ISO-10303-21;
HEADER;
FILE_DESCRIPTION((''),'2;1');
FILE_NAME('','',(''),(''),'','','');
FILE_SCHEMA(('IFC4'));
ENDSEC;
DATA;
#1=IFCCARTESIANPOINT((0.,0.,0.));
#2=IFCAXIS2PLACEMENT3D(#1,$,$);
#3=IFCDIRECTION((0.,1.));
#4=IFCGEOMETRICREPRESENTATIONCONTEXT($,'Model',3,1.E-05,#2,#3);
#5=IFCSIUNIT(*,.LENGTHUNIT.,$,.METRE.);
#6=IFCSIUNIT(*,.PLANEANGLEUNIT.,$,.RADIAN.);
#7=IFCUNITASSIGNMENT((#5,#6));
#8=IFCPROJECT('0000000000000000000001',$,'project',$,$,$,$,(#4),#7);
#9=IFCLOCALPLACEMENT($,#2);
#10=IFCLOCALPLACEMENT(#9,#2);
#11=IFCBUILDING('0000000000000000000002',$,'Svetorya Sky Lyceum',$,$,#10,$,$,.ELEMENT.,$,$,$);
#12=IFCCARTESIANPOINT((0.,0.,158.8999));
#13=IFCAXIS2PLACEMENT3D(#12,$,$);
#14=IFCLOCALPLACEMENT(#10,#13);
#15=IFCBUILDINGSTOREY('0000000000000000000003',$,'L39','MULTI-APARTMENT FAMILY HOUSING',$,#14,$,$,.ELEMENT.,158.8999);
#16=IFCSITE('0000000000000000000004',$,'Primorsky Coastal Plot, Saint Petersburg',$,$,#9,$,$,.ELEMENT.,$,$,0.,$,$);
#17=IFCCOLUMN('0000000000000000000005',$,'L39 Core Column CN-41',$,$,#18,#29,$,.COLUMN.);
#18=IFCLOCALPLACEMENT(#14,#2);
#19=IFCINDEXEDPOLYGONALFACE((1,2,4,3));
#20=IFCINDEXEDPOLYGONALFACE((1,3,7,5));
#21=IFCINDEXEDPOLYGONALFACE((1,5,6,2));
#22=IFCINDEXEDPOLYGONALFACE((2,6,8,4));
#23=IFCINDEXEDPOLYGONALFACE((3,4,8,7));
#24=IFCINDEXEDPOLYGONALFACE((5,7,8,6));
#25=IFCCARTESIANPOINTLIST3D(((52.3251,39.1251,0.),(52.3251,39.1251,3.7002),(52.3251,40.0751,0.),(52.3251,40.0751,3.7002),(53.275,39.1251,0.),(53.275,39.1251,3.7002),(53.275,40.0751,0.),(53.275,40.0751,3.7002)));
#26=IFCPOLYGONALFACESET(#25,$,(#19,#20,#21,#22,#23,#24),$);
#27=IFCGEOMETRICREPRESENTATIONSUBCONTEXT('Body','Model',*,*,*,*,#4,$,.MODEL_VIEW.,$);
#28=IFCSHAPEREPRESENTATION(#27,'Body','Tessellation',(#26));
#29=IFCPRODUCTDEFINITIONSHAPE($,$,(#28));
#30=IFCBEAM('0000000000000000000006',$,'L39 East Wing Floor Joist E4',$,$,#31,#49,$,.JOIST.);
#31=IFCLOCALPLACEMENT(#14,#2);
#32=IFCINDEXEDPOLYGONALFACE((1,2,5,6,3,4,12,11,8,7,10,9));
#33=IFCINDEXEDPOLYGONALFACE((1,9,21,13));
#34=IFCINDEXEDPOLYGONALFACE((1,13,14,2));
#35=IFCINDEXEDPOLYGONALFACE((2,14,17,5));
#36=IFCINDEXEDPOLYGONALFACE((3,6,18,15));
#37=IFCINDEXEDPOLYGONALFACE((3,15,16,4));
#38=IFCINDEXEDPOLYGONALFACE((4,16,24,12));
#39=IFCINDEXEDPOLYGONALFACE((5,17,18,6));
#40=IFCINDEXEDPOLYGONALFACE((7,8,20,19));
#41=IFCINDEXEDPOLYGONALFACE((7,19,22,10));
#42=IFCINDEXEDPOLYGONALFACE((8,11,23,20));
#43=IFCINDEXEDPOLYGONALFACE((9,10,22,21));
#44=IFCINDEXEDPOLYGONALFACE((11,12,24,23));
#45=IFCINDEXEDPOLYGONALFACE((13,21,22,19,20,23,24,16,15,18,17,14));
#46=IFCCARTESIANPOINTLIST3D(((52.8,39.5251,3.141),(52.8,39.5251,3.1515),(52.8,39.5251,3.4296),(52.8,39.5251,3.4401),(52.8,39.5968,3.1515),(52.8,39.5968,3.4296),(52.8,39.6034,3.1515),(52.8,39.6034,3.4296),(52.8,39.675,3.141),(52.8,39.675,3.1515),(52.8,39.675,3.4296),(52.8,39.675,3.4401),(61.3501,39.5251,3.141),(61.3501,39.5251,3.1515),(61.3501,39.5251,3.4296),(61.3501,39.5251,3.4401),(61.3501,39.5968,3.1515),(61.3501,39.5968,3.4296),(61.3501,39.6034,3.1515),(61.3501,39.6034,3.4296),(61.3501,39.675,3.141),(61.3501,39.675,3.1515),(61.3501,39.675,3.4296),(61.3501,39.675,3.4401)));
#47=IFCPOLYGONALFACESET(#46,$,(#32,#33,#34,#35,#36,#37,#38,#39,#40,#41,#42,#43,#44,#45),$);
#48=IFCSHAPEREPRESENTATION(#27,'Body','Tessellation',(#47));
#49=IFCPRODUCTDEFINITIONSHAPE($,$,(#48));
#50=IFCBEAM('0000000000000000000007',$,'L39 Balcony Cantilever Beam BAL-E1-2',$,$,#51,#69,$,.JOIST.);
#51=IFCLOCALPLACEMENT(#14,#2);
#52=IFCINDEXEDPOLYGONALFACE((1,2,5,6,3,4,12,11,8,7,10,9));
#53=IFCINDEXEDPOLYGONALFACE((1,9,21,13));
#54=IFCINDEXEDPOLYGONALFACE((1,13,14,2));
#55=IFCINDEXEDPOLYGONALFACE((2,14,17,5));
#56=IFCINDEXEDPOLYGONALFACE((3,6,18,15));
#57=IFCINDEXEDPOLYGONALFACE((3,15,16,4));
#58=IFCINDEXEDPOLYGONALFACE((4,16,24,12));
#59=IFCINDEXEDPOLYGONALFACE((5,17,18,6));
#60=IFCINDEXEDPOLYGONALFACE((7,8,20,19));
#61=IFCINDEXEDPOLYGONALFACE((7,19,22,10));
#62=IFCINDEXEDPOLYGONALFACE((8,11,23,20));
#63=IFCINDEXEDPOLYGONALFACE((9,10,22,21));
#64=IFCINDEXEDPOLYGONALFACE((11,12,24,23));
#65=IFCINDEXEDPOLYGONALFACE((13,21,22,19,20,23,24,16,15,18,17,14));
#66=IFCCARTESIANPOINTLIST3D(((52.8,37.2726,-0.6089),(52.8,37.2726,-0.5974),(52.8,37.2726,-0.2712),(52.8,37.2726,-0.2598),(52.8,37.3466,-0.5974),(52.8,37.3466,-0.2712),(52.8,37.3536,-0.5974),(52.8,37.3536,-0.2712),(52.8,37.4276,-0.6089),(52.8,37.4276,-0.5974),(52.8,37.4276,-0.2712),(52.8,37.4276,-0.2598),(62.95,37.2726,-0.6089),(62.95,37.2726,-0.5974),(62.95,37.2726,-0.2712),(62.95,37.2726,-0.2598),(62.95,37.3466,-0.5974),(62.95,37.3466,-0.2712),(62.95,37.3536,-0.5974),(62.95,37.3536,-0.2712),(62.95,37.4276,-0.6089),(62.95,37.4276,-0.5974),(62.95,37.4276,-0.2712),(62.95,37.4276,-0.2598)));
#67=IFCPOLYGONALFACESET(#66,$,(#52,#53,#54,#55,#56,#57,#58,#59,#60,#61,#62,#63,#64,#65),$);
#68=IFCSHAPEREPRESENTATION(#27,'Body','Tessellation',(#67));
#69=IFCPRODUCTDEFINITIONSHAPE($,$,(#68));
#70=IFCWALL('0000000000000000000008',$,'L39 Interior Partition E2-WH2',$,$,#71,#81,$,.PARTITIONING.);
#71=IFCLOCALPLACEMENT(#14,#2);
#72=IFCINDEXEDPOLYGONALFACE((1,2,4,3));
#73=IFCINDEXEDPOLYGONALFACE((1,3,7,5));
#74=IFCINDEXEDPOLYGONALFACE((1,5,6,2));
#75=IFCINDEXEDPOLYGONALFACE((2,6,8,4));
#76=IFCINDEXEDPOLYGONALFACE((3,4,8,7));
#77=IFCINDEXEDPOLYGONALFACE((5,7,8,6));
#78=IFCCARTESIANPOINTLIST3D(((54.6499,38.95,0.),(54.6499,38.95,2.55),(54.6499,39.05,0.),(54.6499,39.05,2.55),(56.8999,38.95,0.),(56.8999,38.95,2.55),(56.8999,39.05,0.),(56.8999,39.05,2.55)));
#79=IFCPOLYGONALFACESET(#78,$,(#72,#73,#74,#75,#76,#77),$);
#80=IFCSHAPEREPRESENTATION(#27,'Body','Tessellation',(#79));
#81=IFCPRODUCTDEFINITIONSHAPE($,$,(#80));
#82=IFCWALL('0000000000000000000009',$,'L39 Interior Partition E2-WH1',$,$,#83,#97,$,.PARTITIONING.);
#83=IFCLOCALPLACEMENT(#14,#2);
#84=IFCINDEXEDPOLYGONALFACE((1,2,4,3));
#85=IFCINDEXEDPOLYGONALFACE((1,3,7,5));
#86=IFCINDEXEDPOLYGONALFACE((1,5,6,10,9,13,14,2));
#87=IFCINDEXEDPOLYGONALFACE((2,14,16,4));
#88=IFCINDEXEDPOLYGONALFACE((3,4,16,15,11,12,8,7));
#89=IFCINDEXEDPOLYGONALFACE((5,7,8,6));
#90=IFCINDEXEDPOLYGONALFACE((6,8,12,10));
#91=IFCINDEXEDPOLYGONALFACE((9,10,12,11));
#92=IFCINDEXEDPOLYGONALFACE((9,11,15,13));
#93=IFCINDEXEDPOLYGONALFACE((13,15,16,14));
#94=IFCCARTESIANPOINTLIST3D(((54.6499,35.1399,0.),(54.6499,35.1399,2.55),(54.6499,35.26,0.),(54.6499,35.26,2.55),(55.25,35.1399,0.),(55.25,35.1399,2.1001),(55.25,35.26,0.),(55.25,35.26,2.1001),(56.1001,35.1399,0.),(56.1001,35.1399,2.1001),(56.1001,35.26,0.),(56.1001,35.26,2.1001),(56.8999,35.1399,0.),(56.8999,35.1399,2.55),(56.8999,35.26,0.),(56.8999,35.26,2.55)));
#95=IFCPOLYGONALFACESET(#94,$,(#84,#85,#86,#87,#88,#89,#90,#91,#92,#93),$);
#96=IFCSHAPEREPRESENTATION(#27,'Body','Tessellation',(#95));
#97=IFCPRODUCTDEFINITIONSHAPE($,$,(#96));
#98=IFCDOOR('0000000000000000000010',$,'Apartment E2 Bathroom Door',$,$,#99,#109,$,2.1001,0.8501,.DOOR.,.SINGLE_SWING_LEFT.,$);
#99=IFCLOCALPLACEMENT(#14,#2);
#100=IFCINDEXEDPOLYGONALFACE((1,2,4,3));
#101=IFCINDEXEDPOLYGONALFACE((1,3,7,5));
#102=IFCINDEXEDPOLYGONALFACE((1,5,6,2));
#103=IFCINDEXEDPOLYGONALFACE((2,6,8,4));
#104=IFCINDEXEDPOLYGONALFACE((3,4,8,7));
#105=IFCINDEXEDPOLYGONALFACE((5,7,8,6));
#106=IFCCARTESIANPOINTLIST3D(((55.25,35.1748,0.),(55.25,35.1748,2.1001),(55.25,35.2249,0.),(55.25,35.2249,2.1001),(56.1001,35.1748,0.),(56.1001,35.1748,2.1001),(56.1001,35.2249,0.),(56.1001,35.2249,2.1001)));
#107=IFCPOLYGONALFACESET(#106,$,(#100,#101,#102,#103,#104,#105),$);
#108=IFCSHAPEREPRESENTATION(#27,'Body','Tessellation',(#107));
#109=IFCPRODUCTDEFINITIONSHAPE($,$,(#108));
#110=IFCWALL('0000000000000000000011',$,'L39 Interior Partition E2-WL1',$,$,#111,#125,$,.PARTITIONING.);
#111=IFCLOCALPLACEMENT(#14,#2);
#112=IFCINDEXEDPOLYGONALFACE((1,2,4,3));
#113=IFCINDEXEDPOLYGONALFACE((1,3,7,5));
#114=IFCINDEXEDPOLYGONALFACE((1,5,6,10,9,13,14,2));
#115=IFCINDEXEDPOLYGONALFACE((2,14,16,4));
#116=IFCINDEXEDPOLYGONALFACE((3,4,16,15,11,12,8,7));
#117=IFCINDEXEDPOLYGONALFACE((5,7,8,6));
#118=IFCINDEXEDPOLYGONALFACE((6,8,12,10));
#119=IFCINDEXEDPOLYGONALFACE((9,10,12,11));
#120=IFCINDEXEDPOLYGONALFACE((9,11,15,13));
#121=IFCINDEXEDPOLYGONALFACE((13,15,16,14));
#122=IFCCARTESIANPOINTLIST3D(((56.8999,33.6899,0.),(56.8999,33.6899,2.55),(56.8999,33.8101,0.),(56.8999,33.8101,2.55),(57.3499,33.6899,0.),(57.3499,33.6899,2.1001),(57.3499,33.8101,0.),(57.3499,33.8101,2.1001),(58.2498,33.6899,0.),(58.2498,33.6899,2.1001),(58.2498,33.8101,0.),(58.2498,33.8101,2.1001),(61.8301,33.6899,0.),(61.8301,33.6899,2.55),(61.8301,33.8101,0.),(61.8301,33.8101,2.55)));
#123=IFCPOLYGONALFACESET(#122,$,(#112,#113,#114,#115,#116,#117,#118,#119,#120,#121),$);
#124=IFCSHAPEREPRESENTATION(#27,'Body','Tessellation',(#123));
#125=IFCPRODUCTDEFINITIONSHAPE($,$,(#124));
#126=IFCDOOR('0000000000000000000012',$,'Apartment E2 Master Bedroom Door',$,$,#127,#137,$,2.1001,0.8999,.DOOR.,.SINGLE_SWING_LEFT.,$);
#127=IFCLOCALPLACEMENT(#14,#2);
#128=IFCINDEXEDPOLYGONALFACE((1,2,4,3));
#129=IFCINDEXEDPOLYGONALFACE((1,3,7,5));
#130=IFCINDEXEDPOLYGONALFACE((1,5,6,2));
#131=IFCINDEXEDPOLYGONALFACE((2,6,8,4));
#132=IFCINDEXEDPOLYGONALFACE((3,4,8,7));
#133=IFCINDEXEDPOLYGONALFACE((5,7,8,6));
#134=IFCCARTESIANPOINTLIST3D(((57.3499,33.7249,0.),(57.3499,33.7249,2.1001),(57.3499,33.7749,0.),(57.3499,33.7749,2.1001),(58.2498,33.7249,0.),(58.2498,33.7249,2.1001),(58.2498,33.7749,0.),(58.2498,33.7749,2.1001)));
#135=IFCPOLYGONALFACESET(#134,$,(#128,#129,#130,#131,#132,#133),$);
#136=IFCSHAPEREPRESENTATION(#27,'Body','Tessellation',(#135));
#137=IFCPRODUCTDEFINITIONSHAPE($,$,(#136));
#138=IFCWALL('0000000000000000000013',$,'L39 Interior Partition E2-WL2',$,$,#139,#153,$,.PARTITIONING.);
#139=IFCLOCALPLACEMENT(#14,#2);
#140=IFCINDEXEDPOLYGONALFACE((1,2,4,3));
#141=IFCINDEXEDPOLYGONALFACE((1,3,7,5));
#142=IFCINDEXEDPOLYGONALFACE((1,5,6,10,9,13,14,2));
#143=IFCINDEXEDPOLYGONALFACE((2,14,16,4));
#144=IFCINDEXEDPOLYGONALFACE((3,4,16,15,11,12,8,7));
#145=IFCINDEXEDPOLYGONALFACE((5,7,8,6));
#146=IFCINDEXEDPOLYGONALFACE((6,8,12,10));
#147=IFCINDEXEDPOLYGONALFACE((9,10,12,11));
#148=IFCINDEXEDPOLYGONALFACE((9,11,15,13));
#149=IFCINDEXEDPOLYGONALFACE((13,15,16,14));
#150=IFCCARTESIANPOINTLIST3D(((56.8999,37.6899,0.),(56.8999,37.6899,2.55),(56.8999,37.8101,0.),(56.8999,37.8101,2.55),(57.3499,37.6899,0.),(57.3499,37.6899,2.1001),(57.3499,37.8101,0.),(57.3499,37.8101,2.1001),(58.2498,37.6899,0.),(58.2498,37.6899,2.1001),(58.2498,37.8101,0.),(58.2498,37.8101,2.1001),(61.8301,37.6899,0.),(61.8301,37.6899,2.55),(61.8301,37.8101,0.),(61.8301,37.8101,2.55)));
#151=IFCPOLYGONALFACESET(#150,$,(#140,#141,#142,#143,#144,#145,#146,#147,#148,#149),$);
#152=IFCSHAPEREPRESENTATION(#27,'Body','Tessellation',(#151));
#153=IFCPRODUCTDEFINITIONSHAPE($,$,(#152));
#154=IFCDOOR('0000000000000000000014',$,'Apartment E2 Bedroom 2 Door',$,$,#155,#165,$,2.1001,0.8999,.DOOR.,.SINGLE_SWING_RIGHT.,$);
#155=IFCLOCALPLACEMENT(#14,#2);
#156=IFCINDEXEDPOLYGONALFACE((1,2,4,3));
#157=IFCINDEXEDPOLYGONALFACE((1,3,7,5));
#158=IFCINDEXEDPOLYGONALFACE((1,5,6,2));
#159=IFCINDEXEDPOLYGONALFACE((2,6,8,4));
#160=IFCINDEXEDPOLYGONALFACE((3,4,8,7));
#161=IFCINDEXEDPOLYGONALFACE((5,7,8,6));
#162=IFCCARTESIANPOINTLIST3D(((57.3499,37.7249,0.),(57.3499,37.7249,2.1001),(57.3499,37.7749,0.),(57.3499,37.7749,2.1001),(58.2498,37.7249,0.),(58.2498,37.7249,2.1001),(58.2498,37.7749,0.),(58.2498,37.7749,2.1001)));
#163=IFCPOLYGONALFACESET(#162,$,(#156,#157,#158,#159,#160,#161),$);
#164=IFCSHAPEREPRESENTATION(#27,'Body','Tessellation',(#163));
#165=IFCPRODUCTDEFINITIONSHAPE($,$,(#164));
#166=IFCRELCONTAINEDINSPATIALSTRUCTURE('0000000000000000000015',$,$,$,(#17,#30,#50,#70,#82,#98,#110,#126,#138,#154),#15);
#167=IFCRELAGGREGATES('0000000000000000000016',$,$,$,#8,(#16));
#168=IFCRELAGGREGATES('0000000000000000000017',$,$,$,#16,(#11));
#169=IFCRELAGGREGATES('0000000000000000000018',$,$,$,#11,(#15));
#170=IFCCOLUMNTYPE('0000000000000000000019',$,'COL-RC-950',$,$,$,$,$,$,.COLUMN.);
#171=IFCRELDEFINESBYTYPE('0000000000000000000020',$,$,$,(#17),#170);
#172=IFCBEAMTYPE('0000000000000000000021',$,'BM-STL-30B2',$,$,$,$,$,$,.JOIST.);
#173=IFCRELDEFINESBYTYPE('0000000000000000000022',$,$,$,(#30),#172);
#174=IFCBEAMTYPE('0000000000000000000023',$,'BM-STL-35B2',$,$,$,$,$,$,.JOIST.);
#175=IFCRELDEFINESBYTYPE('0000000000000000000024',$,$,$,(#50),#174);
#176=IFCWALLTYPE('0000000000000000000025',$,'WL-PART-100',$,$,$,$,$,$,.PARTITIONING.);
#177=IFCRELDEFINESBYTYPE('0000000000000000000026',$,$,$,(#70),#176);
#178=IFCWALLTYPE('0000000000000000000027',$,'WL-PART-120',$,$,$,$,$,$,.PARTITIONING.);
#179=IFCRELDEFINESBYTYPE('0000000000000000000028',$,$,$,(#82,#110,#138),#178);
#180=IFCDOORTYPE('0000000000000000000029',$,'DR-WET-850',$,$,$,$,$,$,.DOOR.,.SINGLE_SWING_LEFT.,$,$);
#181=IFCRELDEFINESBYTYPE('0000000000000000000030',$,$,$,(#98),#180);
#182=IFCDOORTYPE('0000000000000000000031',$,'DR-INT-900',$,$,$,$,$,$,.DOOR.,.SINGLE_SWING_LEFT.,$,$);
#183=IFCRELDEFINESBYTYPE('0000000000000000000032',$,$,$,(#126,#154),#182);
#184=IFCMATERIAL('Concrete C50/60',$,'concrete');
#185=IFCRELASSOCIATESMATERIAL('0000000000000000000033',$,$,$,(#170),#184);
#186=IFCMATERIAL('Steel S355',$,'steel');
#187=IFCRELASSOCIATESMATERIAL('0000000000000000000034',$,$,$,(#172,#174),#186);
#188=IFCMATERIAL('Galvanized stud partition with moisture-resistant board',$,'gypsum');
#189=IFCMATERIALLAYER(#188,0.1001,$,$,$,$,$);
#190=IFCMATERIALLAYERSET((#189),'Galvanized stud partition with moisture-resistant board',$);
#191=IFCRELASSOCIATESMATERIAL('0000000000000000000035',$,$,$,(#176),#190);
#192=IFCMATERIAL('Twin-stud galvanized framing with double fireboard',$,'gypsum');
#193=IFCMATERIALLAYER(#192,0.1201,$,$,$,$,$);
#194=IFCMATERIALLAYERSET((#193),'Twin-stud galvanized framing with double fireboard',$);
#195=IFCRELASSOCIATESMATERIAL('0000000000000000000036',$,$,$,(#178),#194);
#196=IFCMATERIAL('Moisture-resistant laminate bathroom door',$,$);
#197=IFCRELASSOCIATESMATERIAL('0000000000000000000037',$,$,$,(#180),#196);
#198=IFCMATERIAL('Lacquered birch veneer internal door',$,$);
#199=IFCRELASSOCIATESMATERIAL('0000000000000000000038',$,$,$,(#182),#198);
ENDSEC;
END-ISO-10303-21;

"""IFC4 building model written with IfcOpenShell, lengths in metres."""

from ifc_helpers import new_model, si_unit, direction, frame, frame_2d, origin, origin_2d, place, context, subcontext, project, spatial, rectangle, i_section, extrude, material, layer, layer_set, material_profile, profile_set, type_object, element, fill, save


model = new_model("IFC4")

# Units and contexts
model_context = context("Model", 3, precision=1e-05, world=origin(), true_north=direction((0.0, 1.0)))
body_context = subcontext(model_context, "Body", "Model", "MODEL_VIEW")
ifc_project = project(units=[si_unit("LENGTHUNIT", "METRE"), si_unit("PLANEANGLEUNIT", "RADIAN")], contexts=[model_context])

# Site, building, storey
site_placement = place(None, origin())
site = spatial("IfcSite", under=ifc_project, at=site_placement, Name="Primorsky Coastal Plot, Saint Petersburg", CompositionType="ELEMENT", RefElevation=0.0)
building_placement = place(site_placement, origin())
building = spatial("IfcBuilding", under=site, at=building_placement, Name="Svetorya Sky Lyceum", CompositionType="ELEMENT")
storey_placement = place(building_placement, frame((0.0, 0.0, 158.8999)))
storey = spatial("IfcBuildingStorey", under=building, at=storey_placement, Name="L39", Description="MULTI-APARTMENT FAMILY HOUSING", CompositionType="ELEMENT", Elevation=158.8999)

# Column
ifc_material_1 = material(Name="Concrete C50/60", Category="concrete")
ifc_material_profile_1 = material_profile(ifc_material_1, rectangle(XDim=0.95, YDim=0.95, at=origin_2d()), Name="RC COL 950x950")
ifc_profile_set_1 = profile_set([ifc_material_profile_1], Name="Concrete C50/60")
column_type = type_object("IfcColumnType", Name="COL-RC-950", PredefinedType="COLUMN", material=ifc_profile_set_1)
column_placement = place(storey_placement, frame((52.8, 39.6001, 0.0), z_axis=(0.0, 0.0, 1.0), x_axis=(1.0, 0.0, 0.0)))
element("IfcColumn", 1, at=column_placement, inside=storey, type_object=column_type, Name="L39 Core Column CN-41", PredefinedType="COLUMN", context=body_context, shape_type="SweptSolid", body=[
    extrude(rectangle(XDim=0.95, YDim=0.95, at=origin_2d()), origin(), (0.0, 0.0, 1.0), 3.7002),
])

# Beams
ifc_material_2 = material(Name="Steel S355", Category="steel")
ifc_material_profile_2 = material_profile(ifc_material_2, i_section(OverallWidth=0.1499, OverallDepth=0.2991, WebThickness=0.0066, FlangeThickness=0.0105, at=origin_2d()), Name="GOST 30B2")
ifc_profile_set_2 = profile_set([ifc_material_profile_2], Name="Steel S355")
beam_type_1 = type_object("IfcBeamType", Name="BM-STL-30B2", PredefinedType="JOIST", material=ifc_profile_set_2)
beam_1_placement = place(storey_placement, frame((52.8, 39.6001, 3.2905), z_axis=(1.0, 0.0, 0.0), x_axis=(0.0, 1.0, 0.0)))
element("IfcBeam", 2, at=beam_1_placement, inside=storey, type_object=beam_type_1, Name="L39 East Wing Floor Joist E4", PredefinedType="JOIST", context=body_context, shape_type="SweptSolid", body=[
    extrude(i_section(OverallWidth=0.1499, OverallDepth=0.2991, WebThickness=0.0066, FlangeThickness=0.0105, at=origin_2d()), origin(), (0.0, 0.0, 1.0), 8.55),
])
ifc_material_profile_3 = material_profile(ifc_material_2, i_section(OverallWidth=0.155, OverallDepth=0.3491, WebThickness=0.0071, FlangeThickness=0.0115, at=origin_2d()), Name="GOST 35B2")
ifc_profile_set_3 = profile_set([ifc_material_profile_3], Name="Steel S355")
beam_type_2 = type_object("IfcBeamType", Name="BM-STL-35B2", PredefinedType="JOIST", material=ifc_profile_set_3)
beam_2_placement = place(storey_placement, frame((52.8, 37.3501, -0.4343), z_axis=(1.0, 0.0, 0.0), x_axis=(0.0, 1.0, 0.0)))
element("IfcBeam", 3, at=beam_2_placement, inside=storey, type_object=beam_type_2, Name="L39 Balcony Cantilever Beam BAL-E1-2", PredefinedType="JOIST", context=body_context, shape_type="SweptSolid", body=[
    extrude(i_section(OverallWidth=0.155, OverallDepth=0.3491, WebThickness=0.0071, FlangeThickness=0.0115, at=origin_2d()), origin(), (0.0, 0.0, 1.0), 10.1499),
])

# Wall
ifc_material_3 = material(Name="Galvanized stud partition with moisture-resistant board", Category="gypsum")
ifc_layer_1 = layer(ifc_material_3, 0.1001)
ifc_layer_set_1 = layer_set([ifc_layer_1], Name="Galvanized stud partition with moisture-resistant board")
wall_type_1 = type_object("IfcWallType", Name="WL-PART-100", PredefinedType="PARTITIONING", material=ifc_layer_set_1)
wall_1_placement = place(storey_placement, frame((54.6499, 39.0, 0.0), z_axis=(0.0, 0.0, 1.0), x_axis=(1.0, 0.0, 0.0)))
element("IfcWall", 4, at=wall_1_placement, inside=storey, type_object=wall_type_1, Name="L39 Interior Partition E2-WH2", PredefinedType="PARTITIONING", context=body_context, shape_type="SweptSolid", body=[
    extrude(rectangle(XDim=2.25, YDim=0.1001, at=frame_2d((1.125, 0.0))), origin(), (0.0, 0.0, 1.0), 2.55),
])

# Walls, openings, doors
ifc_material_4 = material(Name="Twin-stud galvanized framing with double fireboard", Category="gypsum")
ifc_layer_2 = layer(ifc_material_4, 0.1201)
ifc_layer_set_2 = layer_set([ifc_layer_2], Name="Twin-stud galvanized framing with double fireboard")
wall_type_2 = type_object("IfcWallType", Name="WL-PART-120", PredefinedType="PARTITIONING", material=ifc_layer_set_2)
wall_2_placement = place(storey_placement, frame((54.6499, 35.2, 0.0), z_axis=(0.0, 0.0, 1.0), x_axis=(1.0, 0.0, 0.0)))
wall_2 = element("IfcWall", 5, at=wall_2_placement, inside=storey, type_object=wall_type_2, Name="L39 Interior Partition E2-WH1", PredefinedType="PARTITIONING", context=body_context, shape_type="SweptSolid", body=[
    extrude(rectangle(XDim=2.25, YDim=0.1201, at=frame_2d((1.125, 0.0))), origin(), (0.0, 0.0, 1.0), 2.55),
])
opening_1_placement = place(wall_2_placement, frame((0.6001, 0.0, 0.0)))
opening_1 = element("IfcOpeningElement", 6, at=opening_1_placement, cuts=wall_2, PredefinedType="OPENING", context=body_context, shape_type="SweptSolid", body=[
    extrude(rectangle(XDim=0.8501, YDim=2.1001, at=frame_2d((0.425, 1.05))), frame((0.0, 0.0701, 0.0), z_axis=(0.0, -1.0, 0.0), x_axis=(1.0, 0.0, 0.0)), (0.0, 0.0, 1.0), 0.1401),
])
ifc_material_5 = material(Name="Moisture-resistant laminate bathroom door")
door_type_1 = type_object("IfcDoorType", Name="DR-WET-850", OperationType="SINGLE_SWING_LEFT", PredefinedType="DOOR", material=ifc_material_5)
door_1_placement = place(opening_1_placement, origin())
door_1 = element("IfcDoor", 7, at=door_1_placement, inside=storey, type_object=door_type_1, Name="Apartment E2 Bathroom Door", OperationType="SINGLE_SWING_LEFT", OverallHeight=2.1001, OverallWidth=0.8501, PredefinedType="DOOR", context=body_context, shape_type="SweptSolid", body=[
    extrude(rectangle(XDim=0.8501, YDim=2.1001, at=frame_2d((0.425, 1.05))), frame((0.0, 0.0249, 0.0), z_axis=(0.0, -1.0, 0.0), x_axis=(1.0, 0.0, 0.0)), (0.0, 0.0, 1.0), 0.05),
])
fill(opening_1, door_1)
wall_3_placement = place(storey_placement, frame((56.8999, 33.75, 0.0), z_axis=(0.0, 0.0, 1.0), x_axis=(1.0, 0.0, 0.0)))
wall_3 = element("IfcWall", 8, at=wall_3_placement, inside=storey, type_object=wall_type_2, Name="L39 Interior Partition E2-WL1", PredefinedType="PARTITIONING", context=body_context, shape_type="SweptSolid", body=[
    extrude(rectangle(XDim=4.9302, YDim=0.1201, at=frame_2d((2.4651, 0.0))), origin(), (0.0, 0.0, 1.0), 2.55),
])
opening_2_placement = place(wall_3_placement, frame((0.45, 0.0, 0.0)))
opening_2 = element("IfcOpeningElement", 9, at=opening_2_placement, cuts=wall_3, PredefinedType="OPENING", context=body_context, shape_type="SweptSolid", body=[
    extrude(rectangle(XDim=0.8999, YDim=2.1001, at=frame_2d((0.45, 1.05))), frame((0.0, 0.0701, 0.0), z_axis=(0.0, -1.0, 0.0), x_axis=(1.0, 0.0, 0.0)), (0.0, 0.0, 1.0), 0.1401),
])
ifc_material_6 = material(Name="Lacquered birch veneer internal door")
door_type_2 = type_object("IfcDoorType", Name="DR-INT-900", OperationType="SINGLE_SWING_LEFT", PredefinedType="DOOR", material=ifc_material_6)
door_2_placement = place(opening_2_placement, origin())
door_2 = element("IfcDoor", 10, at=door_2_placement, inside=storey, type_object=door_type_2, Name="Apartment E2 Master Bedroom Door", OperationType="SINGLE_SWING_LEFT", OverallHeight=2.1001, OverallWidth=0.8999, PredefinedType="DOOR", context=body_context, shape_type="SweptSolid", body=[
    extrude(rectangle(XDim=0.8999, YDim=2.1001, at=frame_2d((0.45, 1.05))), frame((0.0, 0.0249, 0.0), z_axis=(0.0, -1.0, 0.0), x_axis=(1.0, 0.0, 0.0)), (0.0, 0.0, 1.0), 0.05),
])
fill(opening_2, door_2)
wall_4_placement = place(storey_placement, frame((56.8999, 37.75, 0.0), z_axis=(0.0, 0.0, 1.0), x_axis=(1.0, 0.0, 0.0)))
wall_4 = element("IfcWall", 11, at=wall_4_placement, inside=storey, type_object=wall_type_2, Name="L39 Interior Partition E2-WL2", PredefinedType="PARTITIONING", context=body_context, shape_type="SweptSolid", body=[
    extrude(rectangle(XDim=4.9302, YDim=0.1201, at=frame_2d((2.4651, 0.0))), origin(), (0.0, 0.0, 1.0), 2.55),
])
opening_3_placement = place(wall_4_placement, frame((0.45, 0.0, 0.0)))
opening_3 = element("IfcOpeningElement", 12, at=opening_3_placement, cuts=wall_4, PredefinedType="OPENING", context=body_context, shape_type="SweptSolid", body=[
    extrude(rectangle(XDim=0.8999, YDim=2.1001, at=frame_2d((0.45, 1.05))), frame((0.0, 0.0701, 0.0), z_axis=(0.0, -1.0, 0.0), x_axis=(1.0, 0.0, 0.0)), (0.0, 0.0, 1.0), 0.1401),
])
door_3_placement = place(opening_3_placement, origin())
door_3 = element("IfcDoor", 13, at=door_3_placement, inside=storey, type_object=door_type_2, Name="Apartment E2 Bedroom 2 Door", OperationType="SINGLE_SWING_RIGHT", OverallHeight=2.1001, OverallWidth=0.8999, PredefinedType="DOOR", context=body_context, shape_type="SweptSolid", body=[
    extrude(rectangle(XDim=0.8999, YDim=2.1001, at=frame_2d((0.45, 1.05))), frame((0.0, 0.0249, 0.0), z_axis=(0.0, -1.0, 0.0), x_axis=(1.0, 0.0, 0.0)), (0.0, 0.0, 1.0), 0.05),
])
fill(opening_3, door_3)

save(model, "model.ifc")
